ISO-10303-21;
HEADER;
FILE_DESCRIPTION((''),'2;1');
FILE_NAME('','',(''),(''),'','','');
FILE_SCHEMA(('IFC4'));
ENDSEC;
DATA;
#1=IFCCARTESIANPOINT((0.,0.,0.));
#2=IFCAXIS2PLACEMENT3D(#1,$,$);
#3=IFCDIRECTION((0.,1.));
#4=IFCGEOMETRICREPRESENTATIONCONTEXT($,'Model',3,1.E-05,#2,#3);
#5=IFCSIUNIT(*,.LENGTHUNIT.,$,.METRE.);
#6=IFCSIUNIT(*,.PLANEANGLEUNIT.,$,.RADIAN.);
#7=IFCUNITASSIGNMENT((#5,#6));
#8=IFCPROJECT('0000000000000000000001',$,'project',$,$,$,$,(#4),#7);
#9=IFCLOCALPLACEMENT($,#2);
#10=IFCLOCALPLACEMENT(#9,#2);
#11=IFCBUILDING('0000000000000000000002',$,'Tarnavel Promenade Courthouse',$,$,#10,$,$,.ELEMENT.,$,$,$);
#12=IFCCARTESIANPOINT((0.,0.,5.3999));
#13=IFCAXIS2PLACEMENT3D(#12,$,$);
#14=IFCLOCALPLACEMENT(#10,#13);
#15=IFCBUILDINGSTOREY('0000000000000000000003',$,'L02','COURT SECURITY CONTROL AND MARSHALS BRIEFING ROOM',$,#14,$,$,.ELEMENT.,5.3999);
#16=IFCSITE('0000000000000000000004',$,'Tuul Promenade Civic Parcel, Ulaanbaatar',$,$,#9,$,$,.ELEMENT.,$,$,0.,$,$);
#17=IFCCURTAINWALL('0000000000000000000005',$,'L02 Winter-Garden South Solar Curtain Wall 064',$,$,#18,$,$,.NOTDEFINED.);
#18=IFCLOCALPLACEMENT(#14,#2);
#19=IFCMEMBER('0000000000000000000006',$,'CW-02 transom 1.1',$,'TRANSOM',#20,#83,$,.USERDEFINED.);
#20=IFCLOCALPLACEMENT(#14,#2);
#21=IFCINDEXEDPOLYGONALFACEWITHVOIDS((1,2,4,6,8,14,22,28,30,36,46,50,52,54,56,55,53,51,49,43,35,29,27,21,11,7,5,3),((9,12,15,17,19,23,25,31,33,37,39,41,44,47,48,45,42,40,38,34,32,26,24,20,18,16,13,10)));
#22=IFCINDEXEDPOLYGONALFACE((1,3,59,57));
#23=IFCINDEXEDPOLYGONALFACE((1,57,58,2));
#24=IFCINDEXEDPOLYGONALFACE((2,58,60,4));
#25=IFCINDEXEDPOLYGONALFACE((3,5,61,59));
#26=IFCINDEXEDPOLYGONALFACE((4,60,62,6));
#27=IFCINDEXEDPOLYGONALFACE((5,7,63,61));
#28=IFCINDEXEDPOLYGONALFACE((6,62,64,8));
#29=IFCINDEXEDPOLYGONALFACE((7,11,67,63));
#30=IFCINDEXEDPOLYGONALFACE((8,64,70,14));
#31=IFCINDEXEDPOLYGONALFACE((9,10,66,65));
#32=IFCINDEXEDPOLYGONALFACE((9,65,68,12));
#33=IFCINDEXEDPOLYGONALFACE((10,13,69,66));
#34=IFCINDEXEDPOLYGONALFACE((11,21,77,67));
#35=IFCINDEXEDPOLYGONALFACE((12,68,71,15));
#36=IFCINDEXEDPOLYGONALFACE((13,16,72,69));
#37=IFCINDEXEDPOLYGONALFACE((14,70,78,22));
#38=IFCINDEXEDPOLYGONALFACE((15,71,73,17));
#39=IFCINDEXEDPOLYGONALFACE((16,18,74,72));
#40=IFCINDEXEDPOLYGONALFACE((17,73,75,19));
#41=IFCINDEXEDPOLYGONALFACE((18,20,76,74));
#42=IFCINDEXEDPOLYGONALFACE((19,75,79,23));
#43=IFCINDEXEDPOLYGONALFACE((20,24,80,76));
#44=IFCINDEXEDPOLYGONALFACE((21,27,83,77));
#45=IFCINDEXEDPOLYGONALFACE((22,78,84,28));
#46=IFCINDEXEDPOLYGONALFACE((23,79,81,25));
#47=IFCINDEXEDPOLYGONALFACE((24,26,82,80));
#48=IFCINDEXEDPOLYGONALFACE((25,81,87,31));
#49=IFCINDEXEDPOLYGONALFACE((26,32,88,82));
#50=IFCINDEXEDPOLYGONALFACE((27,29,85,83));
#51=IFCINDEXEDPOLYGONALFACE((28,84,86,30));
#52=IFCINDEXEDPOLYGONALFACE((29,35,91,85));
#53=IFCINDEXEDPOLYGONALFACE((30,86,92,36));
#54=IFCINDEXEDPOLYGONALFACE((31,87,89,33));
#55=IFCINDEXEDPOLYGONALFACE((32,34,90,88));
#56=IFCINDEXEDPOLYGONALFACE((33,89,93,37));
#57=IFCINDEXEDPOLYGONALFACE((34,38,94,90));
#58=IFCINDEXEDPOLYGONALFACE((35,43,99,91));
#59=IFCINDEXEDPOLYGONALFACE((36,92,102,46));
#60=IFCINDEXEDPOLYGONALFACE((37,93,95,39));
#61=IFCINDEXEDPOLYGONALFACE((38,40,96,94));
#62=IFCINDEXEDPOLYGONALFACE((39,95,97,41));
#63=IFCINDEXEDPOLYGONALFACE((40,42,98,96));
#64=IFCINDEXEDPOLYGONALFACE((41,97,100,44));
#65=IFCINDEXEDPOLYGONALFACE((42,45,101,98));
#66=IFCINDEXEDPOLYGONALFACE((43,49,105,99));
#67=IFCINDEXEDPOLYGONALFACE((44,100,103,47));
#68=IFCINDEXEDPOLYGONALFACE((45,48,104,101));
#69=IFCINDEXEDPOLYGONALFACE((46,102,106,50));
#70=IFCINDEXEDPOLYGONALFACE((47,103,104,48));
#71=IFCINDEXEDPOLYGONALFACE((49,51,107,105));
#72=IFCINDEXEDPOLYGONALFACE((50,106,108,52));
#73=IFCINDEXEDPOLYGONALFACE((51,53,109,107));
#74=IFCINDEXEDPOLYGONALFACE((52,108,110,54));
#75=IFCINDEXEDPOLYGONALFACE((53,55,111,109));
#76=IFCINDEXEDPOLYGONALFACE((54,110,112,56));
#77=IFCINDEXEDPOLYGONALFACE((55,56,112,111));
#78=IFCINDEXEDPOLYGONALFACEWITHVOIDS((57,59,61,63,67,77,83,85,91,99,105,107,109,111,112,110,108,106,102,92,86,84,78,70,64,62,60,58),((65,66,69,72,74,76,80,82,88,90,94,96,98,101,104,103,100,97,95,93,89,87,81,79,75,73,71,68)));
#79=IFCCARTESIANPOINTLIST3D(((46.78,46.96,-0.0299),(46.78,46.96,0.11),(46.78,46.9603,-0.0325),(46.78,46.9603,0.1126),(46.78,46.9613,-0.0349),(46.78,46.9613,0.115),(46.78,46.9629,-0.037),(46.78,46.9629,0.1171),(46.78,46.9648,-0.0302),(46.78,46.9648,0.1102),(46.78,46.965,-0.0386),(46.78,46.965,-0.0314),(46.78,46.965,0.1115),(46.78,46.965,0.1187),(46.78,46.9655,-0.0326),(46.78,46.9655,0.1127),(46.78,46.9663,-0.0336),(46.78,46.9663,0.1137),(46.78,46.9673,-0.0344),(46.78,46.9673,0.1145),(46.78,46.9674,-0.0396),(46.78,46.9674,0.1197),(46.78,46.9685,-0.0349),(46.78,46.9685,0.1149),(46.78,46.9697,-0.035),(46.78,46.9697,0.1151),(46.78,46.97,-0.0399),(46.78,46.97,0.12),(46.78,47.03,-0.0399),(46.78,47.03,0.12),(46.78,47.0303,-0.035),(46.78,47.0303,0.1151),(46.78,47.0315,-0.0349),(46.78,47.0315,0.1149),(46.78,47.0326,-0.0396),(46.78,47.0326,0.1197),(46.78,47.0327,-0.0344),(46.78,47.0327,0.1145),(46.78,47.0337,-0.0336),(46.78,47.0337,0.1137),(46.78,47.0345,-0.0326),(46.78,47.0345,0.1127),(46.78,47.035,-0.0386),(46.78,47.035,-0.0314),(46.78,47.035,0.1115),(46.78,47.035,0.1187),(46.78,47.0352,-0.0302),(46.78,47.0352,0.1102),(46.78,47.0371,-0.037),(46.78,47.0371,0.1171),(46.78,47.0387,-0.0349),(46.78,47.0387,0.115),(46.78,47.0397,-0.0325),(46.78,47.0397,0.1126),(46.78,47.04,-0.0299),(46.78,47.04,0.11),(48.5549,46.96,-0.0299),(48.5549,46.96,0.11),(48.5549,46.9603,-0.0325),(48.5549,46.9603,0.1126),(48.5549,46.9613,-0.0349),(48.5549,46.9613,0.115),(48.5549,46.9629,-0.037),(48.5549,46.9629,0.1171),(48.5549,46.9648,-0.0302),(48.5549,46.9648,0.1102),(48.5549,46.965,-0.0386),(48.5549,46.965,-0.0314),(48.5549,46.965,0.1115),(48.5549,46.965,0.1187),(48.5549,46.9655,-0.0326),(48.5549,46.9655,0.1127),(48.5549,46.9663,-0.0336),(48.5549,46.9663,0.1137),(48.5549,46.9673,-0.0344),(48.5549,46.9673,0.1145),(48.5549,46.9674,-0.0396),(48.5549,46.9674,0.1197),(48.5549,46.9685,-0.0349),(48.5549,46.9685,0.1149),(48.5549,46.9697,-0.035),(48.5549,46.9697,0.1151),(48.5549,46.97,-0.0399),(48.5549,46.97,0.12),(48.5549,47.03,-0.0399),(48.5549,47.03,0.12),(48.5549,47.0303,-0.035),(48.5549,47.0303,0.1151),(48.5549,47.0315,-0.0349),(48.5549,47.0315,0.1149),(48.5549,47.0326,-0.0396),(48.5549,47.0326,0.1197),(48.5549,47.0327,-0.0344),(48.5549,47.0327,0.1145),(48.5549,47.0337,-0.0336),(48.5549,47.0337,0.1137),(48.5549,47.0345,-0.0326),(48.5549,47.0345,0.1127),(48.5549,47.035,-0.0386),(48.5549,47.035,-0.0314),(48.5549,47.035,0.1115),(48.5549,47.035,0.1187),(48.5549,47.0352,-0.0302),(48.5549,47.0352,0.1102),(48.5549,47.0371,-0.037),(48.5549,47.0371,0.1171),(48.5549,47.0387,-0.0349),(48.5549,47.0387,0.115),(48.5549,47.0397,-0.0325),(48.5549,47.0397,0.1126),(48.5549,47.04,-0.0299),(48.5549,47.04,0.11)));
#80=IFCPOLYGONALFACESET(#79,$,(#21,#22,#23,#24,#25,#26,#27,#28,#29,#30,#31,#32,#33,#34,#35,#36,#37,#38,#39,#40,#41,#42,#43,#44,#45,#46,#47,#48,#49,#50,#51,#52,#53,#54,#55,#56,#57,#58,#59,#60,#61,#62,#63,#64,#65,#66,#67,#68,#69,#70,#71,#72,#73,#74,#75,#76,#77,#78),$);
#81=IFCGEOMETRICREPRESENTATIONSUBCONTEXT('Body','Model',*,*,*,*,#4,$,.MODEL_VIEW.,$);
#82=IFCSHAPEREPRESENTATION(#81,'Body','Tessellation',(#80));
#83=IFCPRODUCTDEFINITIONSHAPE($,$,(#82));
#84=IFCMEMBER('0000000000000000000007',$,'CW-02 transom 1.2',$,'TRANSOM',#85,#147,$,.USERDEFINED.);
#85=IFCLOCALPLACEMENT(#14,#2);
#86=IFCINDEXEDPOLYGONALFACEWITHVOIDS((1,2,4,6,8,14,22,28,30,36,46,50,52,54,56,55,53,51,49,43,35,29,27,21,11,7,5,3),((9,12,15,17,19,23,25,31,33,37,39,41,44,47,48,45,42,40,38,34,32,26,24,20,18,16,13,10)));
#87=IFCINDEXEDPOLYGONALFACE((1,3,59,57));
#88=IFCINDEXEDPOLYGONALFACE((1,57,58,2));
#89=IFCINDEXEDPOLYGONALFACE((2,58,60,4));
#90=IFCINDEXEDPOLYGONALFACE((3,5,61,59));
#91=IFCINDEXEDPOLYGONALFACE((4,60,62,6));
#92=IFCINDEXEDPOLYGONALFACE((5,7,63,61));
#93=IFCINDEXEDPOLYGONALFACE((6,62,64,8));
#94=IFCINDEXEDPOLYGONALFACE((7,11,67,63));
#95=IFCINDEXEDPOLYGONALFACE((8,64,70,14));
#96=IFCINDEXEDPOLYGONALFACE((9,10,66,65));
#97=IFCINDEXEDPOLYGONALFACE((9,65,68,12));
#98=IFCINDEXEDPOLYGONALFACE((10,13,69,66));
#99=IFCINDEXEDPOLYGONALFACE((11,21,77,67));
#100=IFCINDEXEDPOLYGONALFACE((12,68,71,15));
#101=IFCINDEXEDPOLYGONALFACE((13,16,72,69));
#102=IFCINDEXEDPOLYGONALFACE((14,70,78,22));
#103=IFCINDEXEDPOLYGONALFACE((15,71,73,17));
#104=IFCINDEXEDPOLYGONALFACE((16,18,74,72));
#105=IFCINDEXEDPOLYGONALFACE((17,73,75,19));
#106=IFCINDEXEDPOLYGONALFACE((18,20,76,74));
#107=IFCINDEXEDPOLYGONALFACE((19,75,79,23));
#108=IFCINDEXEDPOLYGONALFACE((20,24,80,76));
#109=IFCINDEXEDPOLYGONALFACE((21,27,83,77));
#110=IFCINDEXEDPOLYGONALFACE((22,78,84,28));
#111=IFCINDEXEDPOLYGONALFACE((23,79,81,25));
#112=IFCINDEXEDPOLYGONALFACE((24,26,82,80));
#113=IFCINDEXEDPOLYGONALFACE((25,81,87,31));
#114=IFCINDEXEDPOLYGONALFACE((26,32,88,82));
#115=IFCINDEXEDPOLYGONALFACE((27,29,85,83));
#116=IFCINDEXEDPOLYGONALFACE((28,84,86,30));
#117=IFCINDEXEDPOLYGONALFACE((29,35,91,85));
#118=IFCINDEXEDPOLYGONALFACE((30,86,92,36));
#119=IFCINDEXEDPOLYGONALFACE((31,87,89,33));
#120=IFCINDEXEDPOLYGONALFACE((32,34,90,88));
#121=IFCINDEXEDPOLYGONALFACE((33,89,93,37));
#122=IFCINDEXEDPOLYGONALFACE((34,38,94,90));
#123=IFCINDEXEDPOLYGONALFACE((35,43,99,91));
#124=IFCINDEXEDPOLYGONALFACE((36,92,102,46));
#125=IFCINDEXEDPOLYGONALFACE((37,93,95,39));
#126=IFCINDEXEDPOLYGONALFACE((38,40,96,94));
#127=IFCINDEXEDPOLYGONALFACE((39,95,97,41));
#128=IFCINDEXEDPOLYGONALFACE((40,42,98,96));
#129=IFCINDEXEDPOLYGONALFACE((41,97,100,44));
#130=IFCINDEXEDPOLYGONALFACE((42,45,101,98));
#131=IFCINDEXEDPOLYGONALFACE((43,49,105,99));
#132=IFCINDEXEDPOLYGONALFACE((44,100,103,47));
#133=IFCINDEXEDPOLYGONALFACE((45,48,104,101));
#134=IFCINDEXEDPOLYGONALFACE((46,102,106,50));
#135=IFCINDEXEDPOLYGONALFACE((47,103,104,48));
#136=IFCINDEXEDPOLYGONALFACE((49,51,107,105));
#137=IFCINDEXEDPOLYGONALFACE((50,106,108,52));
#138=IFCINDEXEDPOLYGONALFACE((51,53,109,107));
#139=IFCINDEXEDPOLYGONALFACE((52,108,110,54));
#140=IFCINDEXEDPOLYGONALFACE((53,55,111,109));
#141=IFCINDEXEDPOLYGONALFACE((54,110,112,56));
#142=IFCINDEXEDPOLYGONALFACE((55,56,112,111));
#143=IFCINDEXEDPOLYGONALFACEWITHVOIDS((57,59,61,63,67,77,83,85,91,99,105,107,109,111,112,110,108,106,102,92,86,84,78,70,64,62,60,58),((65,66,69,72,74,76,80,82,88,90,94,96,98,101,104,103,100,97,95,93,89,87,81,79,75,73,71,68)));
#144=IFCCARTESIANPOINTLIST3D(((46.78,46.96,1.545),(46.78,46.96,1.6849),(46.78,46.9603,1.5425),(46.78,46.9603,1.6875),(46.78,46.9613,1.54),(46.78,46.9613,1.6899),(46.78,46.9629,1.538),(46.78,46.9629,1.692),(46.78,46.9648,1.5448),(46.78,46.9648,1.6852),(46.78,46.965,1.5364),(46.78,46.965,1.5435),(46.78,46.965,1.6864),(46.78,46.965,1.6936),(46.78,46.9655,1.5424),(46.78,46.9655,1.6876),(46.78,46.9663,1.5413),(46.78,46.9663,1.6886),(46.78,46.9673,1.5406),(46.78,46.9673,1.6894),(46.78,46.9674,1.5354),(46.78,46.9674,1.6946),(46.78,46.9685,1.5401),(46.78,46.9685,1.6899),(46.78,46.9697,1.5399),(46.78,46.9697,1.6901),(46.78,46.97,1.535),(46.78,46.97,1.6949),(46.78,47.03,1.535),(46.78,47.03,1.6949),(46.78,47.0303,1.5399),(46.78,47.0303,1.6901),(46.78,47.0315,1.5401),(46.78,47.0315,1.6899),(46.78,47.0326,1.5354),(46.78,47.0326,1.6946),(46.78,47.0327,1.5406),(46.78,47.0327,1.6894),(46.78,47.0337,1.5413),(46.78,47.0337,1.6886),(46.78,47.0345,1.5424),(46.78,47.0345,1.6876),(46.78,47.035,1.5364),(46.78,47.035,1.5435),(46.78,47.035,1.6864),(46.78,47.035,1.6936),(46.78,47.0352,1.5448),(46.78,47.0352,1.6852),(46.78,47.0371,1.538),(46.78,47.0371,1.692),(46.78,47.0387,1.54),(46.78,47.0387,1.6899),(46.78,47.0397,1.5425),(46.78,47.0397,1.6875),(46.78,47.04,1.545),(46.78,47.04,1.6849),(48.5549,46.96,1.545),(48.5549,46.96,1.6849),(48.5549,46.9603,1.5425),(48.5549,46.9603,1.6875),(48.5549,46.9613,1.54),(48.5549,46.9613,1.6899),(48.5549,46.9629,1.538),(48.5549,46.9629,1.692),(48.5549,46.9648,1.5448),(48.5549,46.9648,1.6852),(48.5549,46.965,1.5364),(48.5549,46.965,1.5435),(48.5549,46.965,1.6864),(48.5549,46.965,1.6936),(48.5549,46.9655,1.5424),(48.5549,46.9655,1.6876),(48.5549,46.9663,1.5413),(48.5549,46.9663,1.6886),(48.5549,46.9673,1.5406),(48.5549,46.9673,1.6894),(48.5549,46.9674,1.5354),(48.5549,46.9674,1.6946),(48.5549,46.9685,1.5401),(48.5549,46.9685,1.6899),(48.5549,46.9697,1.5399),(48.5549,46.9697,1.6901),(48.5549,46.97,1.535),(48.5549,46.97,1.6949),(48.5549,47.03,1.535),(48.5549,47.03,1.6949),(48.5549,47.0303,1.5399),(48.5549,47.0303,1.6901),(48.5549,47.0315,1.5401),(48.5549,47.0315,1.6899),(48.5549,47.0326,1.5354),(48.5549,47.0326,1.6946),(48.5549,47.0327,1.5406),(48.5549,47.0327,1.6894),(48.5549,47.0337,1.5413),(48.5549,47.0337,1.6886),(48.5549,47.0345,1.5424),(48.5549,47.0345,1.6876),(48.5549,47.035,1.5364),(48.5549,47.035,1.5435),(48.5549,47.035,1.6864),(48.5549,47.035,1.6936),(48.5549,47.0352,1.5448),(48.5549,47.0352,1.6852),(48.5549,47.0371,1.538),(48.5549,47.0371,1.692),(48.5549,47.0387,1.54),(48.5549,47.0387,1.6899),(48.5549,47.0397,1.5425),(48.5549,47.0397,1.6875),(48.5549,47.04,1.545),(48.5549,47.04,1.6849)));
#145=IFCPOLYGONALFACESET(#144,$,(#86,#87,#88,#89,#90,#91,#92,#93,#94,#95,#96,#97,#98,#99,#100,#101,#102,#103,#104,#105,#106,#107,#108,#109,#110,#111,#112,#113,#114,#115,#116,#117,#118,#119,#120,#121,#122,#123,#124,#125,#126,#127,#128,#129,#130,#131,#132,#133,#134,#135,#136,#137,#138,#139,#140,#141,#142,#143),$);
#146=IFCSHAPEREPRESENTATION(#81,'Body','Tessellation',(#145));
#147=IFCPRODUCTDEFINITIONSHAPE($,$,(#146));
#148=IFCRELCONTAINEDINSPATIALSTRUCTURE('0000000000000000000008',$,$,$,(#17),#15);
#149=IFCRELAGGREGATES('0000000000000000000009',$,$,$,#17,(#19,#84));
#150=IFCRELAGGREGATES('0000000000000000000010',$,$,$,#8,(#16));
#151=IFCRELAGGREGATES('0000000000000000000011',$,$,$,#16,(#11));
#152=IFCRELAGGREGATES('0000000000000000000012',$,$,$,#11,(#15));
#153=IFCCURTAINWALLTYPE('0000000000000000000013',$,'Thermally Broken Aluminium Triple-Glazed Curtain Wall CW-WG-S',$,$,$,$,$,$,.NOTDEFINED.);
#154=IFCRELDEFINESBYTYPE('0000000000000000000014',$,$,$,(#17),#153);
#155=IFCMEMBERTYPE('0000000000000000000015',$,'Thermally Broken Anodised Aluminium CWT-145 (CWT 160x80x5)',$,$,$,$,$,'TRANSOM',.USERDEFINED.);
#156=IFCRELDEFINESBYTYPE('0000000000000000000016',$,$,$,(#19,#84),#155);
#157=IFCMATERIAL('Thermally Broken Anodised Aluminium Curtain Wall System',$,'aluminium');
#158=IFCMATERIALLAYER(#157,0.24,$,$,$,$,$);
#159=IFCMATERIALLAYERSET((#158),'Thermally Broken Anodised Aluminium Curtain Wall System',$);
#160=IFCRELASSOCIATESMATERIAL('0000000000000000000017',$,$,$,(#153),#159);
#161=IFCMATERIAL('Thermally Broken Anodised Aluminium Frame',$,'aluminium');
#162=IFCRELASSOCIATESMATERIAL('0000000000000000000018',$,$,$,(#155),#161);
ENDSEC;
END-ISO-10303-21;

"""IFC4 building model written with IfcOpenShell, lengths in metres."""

from ifc_helpers import new_model, si_unit, direction, frame, origin, origin_2d, place, context, subcontext, project, spatial, hollow_rectangle, extrude, material, layer, layer_set, material_profile, profile_set, type_object, element, aggregate, save


model = new_model("IFC4")

# Units and contexts
model_context = context("Model", 3, precision=1e-05, world=origin(), true_north=direction((0.0, 1.0)))
body_context = subcontext(model_context, "Body", "Model", "MODEL_VIEW")
ifc_project = project(units=[si_unit("LENGTHUNIT", "METRE"), si_unit("PLANEANGLEUNIT", "RADIAN")], contexts=[model_context])

# Site, building, storey
site_placement = place(None, origin())
site = spatial("IfcSite", under=ifc_project, at=site_placement, Name="Tuul Promenade Civic Parcel, Ulaanbaatar", CompositionType="ELEMENT", RefElevation=0.0)
building_placement = place(site_placement, origin())
building = spatial("IfcBuilding", under=site, at=building_placement, Name="Tarnavel Promenade Courthouse", CompositionType="ELEMENT")
storey_placement = place(building_placement, frame((0.0, 0.0, 5.3999)))
storey = spatial("IfcBuildingStorey", under=building, at=storey_placement, Name="L02", Description="COURT SECURITY CONTROL AND MARSHALS BRIEFING ROOM", CompositionType="ELEMENT", Elevation=5.3999)

# Curtain wall
ifc_material_1 = material(Name="Thermally Broken Anodised Aluminium Curtain Wall System", Category="aluminium")
ifc_layer_1 = layer(ifc_material_1, 0.24)
ifc_layer_set_1 = layer_set([ifc_layer_1], Name="Thermally Broken Anodised Aluminium Curtain Wall System")
curtain_wall_type = type_object("IfcCurtainWallType", Name="Thermally Broken Aluminium Triple-Glazed Curtain Wall CW-WG-S", PredefinedType="NOTDEFINED", material=ifc_layer_set_1)
ifc_material_2 = material(Name="Thermally Broken Anodised Aluminium Frame", Category="aluminium")
curtain_wall_1_placement = place(storey_placement, origin())
curtain_wall_1 = element("IfcCurtainWall", 1, at=curtain_wall_1_placement, inside=storey, type_object=curtain_wall_type, Name="L02 Winter-Garden South Solar Curtain Wall 064", PredefinedType="NOTDEFINED")

# Members
ifc_material_profile_1 = material_profile(ifc_material_2, hollow_rectangle(XDim=0.0801, YDim=0.1599, WallThickness=0.0049, InnerFilletRadius=0.0049, OuterFilletRadius=0.01, at=origin_2d()), Name="CWT 160x80x5")
ifc_profile_set_1 = profile_set([ifc_material_profile_1], Name="Thermally Broken Anodised Aluminium Frame")
member_type_1 = type_object("IfcMemberType", Name="Thermally Broken Anodised Aluminium CWT-145 (CWT 160x80x5)", ElementType="TRANSOM", PredefinedType="USERDEFINED", material=ifc_profile_set_1)
member_1_placement = place(storey_placement, frame((46.78, 47.0, 0.04), z_axis=(1.0, 0.0, 0.0), x_axis=(0.0, 1.0, 0.0)))
member_1 = element("IfcMember", 2, at=member_1_placement, type_object=member_type_1, Name="CW-02 transom 1.1", ObjectType="TRANSOM", PredefinedType="USERDEFINED", context=body_context, shape_type="SweptSolid", body=[
    extrude(hollow_rectangle(XDim=0.0801, YDim=0.1599, WallThickness=0.0049, InnerFilletRadius=0.0049, OuterFilletRadius=0.01, at=origin_2d()), origin(), (0.0, 0.0, 1.0), 1.7749),
])
member_2_placement = place(storey_placement, frame((46.78, 47.0, 1.615), z_axis=(1.0, 0.0, 0.0), x_axis=(0.0, 1.0, 0.0)))
member_2 = element("IfcMember", 3, at=member_2_placement, type_object=member_type_1, Name="CW-02 transom 1.2", ObjectType="TRANSOM", PredefinedType="USERDEFINED", context=body_context, shape_type="SweptSolid", body=[
    extrude(hollow_rectangle(XDim=0.0801, YDim=0.1599, WallThickness=0.0049, InnerFilletRadius=0.0049, OuterFilletRadius=0.01, at=origin_2d()), origin(), (0.0, 0.0, 1.0), 1.7749),
])

aggregate(curtain_wall_1, [member_1, member_2])

save(model, "model.ifc")
